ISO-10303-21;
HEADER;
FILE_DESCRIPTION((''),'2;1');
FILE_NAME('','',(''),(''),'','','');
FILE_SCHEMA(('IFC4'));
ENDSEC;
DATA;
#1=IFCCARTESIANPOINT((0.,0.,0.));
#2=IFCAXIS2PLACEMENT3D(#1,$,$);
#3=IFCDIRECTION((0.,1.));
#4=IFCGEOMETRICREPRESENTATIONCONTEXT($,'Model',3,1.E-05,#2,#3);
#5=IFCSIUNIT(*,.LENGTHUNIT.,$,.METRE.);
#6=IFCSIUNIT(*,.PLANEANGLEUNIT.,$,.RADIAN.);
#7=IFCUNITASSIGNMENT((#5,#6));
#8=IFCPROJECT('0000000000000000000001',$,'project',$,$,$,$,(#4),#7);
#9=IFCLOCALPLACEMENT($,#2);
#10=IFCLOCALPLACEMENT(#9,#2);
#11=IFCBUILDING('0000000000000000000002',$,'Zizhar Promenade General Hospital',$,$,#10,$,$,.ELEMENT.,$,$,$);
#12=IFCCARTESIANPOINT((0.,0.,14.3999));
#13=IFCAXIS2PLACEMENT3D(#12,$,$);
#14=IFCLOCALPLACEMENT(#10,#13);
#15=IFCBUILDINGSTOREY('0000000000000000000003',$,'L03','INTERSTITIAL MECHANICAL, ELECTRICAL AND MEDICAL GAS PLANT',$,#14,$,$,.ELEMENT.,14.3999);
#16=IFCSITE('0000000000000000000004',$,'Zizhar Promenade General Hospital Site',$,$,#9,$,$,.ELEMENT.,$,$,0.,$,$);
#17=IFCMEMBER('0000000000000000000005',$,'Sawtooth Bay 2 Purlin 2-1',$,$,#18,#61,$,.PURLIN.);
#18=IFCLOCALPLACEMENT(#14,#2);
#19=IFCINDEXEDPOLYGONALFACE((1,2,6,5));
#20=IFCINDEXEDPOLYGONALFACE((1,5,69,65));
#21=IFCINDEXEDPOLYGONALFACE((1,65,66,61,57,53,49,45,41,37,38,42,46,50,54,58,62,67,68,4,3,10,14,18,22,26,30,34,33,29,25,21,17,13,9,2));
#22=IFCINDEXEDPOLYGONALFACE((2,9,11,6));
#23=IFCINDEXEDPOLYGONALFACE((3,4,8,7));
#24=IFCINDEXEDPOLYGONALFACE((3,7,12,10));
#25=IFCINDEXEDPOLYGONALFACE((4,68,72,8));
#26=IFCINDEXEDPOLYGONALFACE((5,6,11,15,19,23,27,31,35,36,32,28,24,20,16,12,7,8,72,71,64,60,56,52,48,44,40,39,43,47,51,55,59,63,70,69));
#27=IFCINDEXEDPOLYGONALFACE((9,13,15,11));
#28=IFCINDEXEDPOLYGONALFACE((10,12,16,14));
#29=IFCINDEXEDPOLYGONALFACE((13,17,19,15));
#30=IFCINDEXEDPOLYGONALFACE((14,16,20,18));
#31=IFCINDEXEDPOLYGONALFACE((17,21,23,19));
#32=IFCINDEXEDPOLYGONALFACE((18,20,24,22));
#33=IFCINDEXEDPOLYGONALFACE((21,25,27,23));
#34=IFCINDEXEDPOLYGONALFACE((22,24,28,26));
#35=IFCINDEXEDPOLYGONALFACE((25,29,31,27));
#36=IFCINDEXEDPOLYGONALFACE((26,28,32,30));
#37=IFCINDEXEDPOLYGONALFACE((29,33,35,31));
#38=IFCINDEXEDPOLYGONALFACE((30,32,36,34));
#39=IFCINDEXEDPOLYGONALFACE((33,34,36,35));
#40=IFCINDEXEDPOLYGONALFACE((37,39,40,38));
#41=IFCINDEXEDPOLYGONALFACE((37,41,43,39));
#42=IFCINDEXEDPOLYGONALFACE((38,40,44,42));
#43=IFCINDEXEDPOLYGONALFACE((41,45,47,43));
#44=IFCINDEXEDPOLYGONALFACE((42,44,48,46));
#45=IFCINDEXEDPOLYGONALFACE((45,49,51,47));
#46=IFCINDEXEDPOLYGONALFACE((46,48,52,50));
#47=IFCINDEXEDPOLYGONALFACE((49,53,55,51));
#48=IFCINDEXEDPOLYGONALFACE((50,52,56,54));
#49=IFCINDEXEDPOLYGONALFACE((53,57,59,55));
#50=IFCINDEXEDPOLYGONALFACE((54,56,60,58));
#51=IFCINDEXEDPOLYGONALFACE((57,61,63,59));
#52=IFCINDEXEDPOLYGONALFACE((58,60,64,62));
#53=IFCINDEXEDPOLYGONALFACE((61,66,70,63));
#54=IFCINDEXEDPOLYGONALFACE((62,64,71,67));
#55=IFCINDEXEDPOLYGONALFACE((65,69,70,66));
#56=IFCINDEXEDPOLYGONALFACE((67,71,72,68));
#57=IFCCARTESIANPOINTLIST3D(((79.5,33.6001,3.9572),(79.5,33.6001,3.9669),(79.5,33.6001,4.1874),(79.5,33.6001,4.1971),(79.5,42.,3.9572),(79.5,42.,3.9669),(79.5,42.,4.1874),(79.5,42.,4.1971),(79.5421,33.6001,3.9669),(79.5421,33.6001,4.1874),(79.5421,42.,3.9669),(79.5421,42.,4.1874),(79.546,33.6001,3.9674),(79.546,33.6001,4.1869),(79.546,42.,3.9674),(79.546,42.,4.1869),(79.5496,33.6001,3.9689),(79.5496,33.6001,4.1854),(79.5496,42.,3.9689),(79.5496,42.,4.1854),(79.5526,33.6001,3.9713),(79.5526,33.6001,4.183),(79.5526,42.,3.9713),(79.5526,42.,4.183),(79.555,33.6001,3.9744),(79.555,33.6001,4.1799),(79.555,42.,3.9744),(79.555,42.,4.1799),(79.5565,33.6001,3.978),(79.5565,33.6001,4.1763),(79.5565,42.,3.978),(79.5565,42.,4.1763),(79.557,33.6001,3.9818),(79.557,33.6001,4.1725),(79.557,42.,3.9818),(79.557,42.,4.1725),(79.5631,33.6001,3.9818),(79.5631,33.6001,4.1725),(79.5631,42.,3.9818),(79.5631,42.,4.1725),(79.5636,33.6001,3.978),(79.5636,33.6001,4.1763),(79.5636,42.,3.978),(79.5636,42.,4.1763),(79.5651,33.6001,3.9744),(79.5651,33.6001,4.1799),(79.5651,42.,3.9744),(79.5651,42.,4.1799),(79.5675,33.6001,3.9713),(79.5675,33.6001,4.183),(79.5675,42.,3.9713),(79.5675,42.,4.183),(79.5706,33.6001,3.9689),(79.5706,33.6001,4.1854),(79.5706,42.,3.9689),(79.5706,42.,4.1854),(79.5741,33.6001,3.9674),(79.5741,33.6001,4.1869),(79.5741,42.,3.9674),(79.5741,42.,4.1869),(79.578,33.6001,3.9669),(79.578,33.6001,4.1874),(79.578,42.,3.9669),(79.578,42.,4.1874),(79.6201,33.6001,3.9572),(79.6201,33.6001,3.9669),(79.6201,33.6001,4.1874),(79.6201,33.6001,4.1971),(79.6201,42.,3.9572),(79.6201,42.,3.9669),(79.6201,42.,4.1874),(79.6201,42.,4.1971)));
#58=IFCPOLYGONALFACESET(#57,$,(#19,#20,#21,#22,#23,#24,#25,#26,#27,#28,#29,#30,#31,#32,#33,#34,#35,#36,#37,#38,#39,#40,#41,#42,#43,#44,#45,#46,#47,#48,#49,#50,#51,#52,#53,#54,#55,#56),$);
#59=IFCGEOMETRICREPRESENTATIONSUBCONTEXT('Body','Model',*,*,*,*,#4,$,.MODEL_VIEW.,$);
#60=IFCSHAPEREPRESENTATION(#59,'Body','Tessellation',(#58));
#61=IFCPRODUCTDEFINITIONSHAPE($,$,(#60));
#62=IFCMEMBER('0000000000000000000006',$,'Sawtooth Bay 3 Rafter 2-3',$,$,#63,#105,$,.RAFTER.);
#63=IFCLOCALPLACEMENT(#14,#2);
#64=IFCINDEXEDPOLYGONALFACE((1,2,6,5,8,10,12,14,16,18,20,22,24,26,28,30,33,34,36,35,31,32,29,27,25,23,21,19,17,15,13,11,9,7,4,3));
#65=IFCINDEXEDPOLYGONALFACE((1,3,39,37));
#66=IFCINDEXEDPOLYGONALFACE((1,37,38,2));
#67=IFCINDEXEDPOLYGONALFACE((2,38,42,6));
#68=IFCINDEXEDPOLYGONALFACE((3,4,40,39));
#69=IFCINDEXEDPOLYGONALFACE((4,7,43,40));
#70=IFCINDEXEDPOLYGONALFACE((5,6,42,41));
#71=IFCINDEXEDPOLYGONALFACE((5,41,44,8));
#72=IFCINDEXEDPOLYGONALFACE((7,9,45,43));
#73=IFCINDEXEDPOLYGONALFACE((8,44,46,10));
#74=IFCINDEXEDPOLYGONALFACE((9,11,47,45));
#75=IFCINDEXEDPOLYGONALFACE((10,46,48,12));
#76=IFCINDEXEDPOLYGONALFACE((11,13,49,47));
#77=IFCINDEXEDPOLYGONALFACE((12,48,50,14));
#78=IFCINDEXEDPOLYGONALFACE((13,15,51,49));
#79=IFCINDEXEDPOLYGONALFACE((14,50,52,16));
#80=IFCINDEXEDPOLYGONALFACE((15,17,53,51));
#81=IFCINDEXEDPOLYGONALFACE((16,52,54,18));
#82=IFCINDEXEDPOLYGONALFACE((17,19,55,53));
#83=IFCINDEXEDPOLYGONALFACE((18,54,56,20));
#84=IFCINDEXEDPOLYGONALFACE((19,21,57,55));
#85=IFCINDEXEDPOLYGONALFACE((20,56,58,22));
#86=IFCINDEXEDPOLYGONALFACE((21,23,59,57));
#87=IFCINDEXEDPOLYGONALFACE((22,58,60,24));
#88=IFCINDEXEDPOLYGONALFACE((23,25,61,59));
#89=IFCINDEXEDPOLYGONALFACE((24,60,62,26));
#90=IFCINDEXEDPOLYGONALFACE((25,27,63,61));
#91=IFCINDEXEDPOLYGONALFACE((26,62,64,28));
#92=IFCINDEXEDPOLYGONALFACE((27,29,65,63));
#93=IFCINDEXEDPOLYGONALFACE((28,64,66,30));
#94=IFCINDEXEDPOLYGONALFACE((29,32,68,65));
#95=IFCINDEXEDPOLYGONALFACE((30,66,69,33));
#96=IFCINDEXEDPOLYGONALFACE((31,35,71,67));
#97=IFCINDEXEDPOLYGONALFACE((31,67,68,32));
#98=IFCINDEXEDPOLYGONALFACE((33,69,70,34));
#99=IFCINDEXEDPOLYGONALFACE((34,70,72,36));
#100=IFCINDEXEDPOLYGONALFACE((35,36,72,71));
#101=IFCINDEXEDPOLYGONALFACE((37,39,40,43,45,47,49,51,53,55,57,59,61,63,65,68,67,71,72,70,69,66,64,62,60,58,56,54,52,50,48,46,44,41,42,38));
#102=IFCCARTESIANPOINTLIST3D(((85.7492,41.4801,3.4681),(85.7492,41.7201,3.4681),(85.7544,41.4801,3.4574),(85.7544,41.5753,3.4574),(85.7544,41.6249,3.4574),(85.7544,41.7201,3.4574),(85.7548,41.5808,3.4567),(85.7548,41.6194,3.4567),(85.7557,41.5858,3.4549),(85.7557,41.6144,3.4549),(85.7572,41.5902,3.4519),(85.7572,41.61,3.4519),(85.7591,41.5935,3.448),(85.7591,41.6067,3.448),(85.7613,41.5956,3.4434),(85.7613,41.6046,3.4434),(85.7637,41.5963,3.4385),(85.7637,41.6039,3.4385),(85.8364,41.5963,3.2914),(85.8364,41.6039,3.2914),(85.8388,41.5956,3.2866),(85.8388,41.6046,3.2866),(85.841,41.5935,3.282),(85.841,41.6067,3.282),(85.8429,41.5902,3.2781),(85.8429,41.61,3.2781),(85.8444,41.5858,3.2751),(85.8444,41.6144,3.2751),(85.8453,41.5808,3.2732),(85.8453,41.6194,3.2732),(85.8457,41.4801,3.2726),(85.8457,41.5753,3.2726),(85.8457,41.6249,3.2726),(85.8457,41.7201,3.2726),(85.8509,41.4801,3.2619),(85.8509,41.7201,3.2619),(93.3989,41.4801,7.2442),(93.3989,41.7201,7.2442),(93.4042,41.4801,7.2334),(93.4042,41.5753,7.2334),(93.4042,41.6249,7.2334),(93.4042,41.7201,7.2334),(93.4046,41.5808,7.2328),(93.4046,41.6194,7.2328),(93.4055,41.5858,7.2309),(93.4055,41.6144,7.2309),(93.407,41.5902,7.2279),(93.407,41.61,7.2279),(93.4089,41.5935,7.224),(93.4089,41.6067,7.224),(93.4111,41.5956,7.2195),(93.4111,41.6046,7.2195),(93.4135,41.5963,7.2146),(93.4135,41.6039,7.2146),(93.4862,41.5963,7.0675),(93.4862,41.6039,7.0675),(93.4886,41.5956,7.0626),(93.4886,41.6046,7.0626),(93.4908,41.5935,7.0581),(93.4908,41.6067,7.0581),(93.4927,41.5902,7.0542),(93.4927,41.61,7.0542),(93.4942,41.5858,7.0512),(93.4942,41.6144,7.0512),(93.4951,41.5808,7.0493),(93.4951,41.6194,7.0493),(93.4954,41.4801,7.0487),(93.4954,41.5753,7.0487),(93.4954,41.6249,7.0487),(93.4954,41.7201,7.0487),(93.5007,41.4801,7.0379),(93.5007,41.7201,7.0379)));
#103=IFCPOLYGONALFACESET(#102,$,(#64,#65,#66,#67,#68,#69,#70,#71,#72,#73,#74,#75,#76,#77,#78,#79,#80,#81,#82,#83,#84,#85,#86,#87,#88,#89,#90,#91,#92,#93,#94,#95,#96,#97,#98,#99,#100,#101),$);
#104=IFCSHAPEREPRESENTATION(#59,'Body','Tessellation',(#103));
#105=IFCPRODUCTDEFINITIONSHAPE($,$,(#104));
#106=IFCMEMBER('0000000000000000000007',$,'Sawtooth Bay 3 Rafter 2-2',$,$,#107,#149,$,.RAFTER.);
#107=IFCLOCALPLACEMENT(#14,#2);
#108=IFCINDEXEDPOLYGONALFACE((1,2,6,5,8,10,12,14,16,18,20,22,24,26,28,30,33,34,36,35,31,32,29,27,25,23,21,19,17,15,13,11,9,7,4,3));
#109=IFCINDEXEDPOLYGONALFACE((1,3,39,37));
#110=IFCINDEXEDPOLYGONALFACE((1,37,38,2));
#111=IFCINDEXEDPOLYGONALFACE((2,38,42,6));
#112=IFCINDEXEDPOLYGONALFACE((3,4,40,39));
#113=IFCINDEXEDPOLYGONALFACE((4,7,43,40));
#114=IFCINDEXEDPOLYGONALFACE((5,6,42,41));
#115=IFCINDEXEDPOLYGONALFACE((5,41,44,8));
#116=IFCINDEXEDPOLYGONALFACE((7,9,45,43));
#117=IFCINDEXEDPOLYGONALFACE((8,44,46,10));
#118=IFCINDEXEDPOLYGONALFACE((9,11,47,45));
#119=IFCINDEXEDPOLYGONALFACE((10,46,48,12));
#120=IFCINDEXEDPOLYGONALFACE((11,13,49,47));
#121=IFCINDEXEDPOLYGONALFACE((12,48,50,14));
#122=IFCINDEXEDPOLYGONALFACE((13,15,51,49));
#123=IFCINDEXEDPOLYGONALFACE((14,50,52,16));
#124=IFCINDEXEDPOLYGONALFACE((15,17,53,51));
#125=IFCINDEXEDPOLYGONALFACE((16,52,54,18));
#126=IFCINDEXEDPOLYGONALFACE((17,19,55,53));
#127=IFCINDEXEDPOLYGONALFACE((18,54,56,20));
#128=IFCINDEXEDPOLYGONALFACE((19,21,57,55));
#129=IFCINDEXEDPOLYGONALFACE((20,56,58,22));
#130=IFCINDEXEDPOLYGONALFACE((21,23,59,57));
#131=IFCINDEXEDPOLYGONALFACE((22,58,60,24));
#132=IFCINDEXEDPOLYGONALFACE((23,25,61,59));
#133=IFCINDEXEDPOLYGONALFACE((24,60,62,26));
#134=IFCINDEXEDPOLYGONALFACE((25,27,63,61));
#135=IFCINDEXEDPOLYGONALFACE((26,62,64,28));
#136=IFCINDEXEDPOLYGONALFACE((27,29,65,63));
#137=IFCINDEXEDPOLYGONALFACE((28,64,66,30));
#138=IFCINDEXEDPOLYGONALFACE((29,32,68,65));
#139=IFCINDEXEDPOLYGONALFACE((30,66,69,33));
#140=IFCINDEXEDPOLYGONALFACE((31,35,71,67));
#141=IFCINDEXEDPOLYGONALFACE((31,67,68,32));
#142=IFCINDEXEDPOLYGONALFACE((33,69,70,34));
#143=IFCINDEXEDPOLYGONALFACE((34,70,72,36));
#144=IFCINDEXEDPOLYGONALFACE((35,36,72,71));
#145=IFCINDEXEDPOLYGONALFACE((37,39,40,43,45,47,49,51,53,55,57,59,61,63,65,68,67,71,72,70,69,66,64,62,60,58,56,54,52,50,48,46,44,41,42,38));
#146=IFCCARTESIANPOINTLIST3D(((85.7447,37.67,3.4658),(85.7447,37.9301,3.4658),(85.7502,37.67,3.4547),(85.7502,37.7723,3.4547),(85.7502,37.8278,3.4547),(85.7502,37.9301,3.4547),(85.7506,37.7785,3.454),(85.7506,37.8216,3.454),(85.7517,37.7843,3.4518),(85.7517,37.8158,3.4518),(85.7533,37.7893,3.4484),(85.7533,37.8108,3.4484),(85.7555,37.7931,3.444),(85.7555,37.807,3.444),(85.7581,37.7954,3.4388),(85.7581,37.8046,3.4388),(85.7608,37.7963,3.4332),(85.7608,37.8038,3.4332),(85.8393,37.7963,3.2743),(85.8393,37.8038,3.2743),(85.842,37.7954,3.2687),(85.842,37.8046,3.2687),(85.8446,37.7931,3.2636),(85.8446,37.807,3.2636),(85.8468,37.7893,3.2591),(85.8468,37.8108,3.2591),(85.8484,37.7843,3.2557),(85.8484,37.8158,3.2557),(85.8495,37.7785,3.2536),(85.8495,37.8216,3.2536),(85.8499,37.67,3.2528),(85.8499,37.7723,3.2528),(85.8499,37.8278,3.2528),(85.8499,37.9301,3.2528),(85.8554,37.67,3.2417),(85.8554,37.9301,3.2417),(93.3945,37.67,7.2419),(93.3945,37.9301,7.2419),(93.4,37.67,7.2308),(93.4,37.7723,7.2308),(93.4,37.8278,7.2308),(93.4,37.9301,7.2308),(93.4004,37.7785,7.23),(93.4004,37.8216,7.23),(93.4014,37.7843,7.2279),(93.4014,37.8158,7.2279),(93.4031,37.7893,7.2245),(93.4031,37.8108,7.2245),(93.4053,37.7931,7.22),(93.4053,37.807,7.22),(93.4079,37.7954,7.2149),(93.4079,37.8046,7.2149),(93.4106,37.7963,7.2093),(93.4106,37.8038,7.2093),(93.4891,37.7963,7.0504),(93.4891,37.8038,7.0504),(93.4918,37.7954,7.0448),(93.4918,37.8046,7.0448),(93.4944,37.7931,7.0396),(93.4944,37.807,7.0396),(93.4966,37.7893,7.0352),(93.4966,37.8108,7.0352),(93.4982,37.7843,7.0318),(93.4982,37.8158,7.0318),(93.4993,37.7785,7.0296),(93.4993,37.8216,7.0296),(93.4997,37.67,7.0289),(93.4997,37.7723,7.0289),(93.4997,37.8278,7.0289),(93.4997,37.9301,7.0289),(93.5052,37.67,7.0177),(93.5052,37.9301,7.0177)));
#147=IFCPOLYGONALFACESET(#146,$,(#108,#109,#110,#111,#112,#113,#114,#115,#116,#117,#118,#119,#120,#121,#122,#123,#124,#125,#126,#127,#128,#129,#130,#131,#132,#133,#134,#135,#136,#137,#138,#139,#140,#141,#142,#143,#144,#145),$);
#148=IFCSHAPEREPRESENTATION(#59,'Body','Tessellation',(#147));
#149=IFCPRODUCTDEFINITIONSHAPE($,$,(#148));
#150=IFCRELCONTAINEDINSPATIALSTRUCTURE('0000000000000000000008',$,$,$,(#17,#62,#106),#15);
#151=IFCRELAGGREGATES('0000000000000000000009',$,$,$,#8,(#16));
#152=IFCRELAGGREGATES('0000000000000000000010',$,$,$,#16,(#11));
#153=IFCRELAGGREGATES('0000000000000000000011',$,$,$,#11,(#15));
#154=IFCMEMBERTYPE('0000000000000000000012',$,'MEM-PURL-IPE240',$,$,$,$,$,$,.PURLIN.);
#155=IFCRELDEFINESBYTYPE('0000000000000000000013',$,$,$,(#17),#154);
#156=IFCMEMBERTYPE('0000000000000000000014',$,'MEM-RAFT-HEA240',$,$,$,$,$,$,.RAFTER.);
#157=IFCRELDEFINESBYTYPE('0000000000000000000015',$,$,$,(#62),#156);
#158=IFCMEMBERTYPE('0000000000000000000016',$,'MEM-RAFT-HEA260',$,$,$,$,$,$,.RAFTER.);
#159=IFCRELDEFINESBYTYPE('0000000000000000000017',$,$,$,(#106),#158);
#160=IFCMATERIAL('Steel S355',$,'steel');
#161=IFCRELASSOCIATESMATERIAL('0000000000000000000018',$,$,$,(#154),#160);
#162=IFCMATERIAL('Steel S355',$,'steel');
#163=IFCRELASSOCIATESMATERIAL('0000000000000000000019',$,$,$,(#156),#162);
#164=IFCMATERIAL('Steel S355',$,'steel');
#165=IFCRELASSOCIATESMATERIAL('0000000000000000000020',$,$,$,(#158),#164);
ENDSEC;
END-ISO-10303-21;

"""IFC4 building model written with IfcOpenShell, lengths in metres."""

from ifc_helpers import new_model, si_unit, direction, frame, origin, origin_2d, place, context, subcontext, project, spatial, i_section, extrude, material, material_profile, profile_set, type_object, element, save


model = new_model("IFC4")

# Units and contexts
model_context = context("Model", 3, precision=1e-05, world=origin(), true_north=direction((0.0, 1.0)))
body_context = subcontext(model_context, "Body", "Model", "MODEL_VIEW")
ifc_project = project(units=[si_unit("LENGTHUNIT", "METRE"), si_unit("PLANEANGLEUNIT", "RADIAN")], contexts=[model_context])

# Site, building, storey
site_placement = place(None, origin())
site = spatial("IfcSite", under=ifc_project, at=site_placement, Name="Zizhar Promenade General Hospital Site", CompositionType="ELEMENT", RefElevation=0.0)
building_placement = place(site_placement, origin())
building = spatial("IfcBuilding", under=site, at=building_placement, Name="Zizhar Promenade General Hospital", CompositionType="ELEMENT")
storey_placement = place(building_placement, frame((0.0, 0.0, 14.3999)))
storey = spatial("IfcBuildingStorey", under=building, at=storey_placement, Name="L03", Description="INTERSTITIAL MECHANICAL, ELECTRICAL AND MEDICAL GAS PLANT", CompositionType="ELEMENT", Elevation=14.3999)

# Members
ifc_material_1 = material(Name="Steel S355", Category="steel")
ifc_material_profile_1 = material_profile(ifc_material_1, i_section(OverallWidth=0.1201, OverallDepth=0.24, WebThickness=0.0061, FlangeThickness=0.0098, FilletRadius=0.0149, at=origin_2d()))
ifc_profile_set_1 = profile_set([ifc_material_profile_1], Name="Steel S355")
member_type_1 = type_object("IfcMemberType", Name="MEM-PURL-IPE240", PredefinedType="PURLIN", material=ifc_profile_set_1)
member_1_placement = place(storey_placement, frame((79.5601, 33.6001, 4.0771), z_axis=(0.0, 1.0, 0.0), x_axis=(-1.0, 0.0, 0.0)))
element("IfcMember", 1, at=member_1_placement, inside=storey, type_object=member_type_1, Name="Sawtooth Bay 2 Purlin 2-1", PredefinedType="PURLIN", context=body_context, shape_type="SweptSolid", body=[
    extrude(i_section(OverallWidth=0.1201, OverallDepth=0.24, WebThickness=0.0061, FlangeThickness=0.0098, FilletRadius=0.0149, at=origin_2d()), origin(), (0.0, 0.0, 1.0), 8.3999),
])
ifc_material_2 = material(Name="Steel S355", Category="steel")
ifc_material_profile_2 = material_profile(ifc_material_2, i_section(OverallWidth=0.24, OverallDepth=0.23, WebThickness=0.0076, FlangeThickness=0.012, FilletRadius=0.021, at=origin_2d()))
ifc_profile_set_2 = profile_set([ifc_material_profile_2], Name="Steel S355")
member_type_2 = type_object("IfcMemberType", Name="MEM-RAFT-HEA240", PredefinedType="RAFTER", material=ifc_profile_set_2)
member_2_placement = place(storey_placement, frame((85.8, 41.6001, 3.365), z_axis=(0.896705, 0.0, 0.442629), x_axis=(0.0, 1.0, 0.0)))
element("IfcMember", 2, at=member_2_placement, inside=storey, type_object=member_type_2, Name="Sawtooth Bay 3 Rafter 2-3", PredefinedType="RAFTER", context=body_context, shape_type="SweptSolid", body=[
    extrude(i_section(OverallWidth=0.24, OverallDepth=0.23, WebThickness=0.0076, FlangeThickness=0.012, FilletRadius=0.021, at=origin_2d()), origin(), (0.0, 0.0, 1.0), 8.531),
])
ifc_material_3 = material(Name="Steel S355", Category="steel")
ifc_material_profile_3 = material_profile(ifc_material_3, i_section(OverallWidth=0.26, OverallDepth=0.25, WebThickness=0.0076, FlangeThickness=0.0125, FilletRadius=0.0239, at=origin_2d()))
ifc_profile_set_3 = profile_set([ifc_material_profile_3], Name="Steel S355")
member_type_3 = type_object("IfcMemberType", Name="MEM-RAFT-HEA260", PredefinedType="RAFTER", material=ifc_profile_set_3)
member_3_placement = place(storey_placement, frame((85.8, 37.8, 3.3538), z_axis=(0.896705, 0.0, 0.442629), x_axis=(0.0, 1.0, 0.0)))
element("IfcMember", 3, at=member_3_placement, inside=storey, type_object=member_type_3, Name="Sawtooth Bay 3 Rafter 2-2", PredefinedType="RAFTER", context=body_context, shape_type="SweptSolid", body=[
    extrude(i_section(OverallWidth=0.26, OverallDepth=0.25, WebThickness=0.0076, FlangeThickness=0.0125, FilletRadius=0.0239, at=origin_2d()), origin(), (0.0, 0.0, 1.0), 8.531),
])

save(model, "model.ifc")
